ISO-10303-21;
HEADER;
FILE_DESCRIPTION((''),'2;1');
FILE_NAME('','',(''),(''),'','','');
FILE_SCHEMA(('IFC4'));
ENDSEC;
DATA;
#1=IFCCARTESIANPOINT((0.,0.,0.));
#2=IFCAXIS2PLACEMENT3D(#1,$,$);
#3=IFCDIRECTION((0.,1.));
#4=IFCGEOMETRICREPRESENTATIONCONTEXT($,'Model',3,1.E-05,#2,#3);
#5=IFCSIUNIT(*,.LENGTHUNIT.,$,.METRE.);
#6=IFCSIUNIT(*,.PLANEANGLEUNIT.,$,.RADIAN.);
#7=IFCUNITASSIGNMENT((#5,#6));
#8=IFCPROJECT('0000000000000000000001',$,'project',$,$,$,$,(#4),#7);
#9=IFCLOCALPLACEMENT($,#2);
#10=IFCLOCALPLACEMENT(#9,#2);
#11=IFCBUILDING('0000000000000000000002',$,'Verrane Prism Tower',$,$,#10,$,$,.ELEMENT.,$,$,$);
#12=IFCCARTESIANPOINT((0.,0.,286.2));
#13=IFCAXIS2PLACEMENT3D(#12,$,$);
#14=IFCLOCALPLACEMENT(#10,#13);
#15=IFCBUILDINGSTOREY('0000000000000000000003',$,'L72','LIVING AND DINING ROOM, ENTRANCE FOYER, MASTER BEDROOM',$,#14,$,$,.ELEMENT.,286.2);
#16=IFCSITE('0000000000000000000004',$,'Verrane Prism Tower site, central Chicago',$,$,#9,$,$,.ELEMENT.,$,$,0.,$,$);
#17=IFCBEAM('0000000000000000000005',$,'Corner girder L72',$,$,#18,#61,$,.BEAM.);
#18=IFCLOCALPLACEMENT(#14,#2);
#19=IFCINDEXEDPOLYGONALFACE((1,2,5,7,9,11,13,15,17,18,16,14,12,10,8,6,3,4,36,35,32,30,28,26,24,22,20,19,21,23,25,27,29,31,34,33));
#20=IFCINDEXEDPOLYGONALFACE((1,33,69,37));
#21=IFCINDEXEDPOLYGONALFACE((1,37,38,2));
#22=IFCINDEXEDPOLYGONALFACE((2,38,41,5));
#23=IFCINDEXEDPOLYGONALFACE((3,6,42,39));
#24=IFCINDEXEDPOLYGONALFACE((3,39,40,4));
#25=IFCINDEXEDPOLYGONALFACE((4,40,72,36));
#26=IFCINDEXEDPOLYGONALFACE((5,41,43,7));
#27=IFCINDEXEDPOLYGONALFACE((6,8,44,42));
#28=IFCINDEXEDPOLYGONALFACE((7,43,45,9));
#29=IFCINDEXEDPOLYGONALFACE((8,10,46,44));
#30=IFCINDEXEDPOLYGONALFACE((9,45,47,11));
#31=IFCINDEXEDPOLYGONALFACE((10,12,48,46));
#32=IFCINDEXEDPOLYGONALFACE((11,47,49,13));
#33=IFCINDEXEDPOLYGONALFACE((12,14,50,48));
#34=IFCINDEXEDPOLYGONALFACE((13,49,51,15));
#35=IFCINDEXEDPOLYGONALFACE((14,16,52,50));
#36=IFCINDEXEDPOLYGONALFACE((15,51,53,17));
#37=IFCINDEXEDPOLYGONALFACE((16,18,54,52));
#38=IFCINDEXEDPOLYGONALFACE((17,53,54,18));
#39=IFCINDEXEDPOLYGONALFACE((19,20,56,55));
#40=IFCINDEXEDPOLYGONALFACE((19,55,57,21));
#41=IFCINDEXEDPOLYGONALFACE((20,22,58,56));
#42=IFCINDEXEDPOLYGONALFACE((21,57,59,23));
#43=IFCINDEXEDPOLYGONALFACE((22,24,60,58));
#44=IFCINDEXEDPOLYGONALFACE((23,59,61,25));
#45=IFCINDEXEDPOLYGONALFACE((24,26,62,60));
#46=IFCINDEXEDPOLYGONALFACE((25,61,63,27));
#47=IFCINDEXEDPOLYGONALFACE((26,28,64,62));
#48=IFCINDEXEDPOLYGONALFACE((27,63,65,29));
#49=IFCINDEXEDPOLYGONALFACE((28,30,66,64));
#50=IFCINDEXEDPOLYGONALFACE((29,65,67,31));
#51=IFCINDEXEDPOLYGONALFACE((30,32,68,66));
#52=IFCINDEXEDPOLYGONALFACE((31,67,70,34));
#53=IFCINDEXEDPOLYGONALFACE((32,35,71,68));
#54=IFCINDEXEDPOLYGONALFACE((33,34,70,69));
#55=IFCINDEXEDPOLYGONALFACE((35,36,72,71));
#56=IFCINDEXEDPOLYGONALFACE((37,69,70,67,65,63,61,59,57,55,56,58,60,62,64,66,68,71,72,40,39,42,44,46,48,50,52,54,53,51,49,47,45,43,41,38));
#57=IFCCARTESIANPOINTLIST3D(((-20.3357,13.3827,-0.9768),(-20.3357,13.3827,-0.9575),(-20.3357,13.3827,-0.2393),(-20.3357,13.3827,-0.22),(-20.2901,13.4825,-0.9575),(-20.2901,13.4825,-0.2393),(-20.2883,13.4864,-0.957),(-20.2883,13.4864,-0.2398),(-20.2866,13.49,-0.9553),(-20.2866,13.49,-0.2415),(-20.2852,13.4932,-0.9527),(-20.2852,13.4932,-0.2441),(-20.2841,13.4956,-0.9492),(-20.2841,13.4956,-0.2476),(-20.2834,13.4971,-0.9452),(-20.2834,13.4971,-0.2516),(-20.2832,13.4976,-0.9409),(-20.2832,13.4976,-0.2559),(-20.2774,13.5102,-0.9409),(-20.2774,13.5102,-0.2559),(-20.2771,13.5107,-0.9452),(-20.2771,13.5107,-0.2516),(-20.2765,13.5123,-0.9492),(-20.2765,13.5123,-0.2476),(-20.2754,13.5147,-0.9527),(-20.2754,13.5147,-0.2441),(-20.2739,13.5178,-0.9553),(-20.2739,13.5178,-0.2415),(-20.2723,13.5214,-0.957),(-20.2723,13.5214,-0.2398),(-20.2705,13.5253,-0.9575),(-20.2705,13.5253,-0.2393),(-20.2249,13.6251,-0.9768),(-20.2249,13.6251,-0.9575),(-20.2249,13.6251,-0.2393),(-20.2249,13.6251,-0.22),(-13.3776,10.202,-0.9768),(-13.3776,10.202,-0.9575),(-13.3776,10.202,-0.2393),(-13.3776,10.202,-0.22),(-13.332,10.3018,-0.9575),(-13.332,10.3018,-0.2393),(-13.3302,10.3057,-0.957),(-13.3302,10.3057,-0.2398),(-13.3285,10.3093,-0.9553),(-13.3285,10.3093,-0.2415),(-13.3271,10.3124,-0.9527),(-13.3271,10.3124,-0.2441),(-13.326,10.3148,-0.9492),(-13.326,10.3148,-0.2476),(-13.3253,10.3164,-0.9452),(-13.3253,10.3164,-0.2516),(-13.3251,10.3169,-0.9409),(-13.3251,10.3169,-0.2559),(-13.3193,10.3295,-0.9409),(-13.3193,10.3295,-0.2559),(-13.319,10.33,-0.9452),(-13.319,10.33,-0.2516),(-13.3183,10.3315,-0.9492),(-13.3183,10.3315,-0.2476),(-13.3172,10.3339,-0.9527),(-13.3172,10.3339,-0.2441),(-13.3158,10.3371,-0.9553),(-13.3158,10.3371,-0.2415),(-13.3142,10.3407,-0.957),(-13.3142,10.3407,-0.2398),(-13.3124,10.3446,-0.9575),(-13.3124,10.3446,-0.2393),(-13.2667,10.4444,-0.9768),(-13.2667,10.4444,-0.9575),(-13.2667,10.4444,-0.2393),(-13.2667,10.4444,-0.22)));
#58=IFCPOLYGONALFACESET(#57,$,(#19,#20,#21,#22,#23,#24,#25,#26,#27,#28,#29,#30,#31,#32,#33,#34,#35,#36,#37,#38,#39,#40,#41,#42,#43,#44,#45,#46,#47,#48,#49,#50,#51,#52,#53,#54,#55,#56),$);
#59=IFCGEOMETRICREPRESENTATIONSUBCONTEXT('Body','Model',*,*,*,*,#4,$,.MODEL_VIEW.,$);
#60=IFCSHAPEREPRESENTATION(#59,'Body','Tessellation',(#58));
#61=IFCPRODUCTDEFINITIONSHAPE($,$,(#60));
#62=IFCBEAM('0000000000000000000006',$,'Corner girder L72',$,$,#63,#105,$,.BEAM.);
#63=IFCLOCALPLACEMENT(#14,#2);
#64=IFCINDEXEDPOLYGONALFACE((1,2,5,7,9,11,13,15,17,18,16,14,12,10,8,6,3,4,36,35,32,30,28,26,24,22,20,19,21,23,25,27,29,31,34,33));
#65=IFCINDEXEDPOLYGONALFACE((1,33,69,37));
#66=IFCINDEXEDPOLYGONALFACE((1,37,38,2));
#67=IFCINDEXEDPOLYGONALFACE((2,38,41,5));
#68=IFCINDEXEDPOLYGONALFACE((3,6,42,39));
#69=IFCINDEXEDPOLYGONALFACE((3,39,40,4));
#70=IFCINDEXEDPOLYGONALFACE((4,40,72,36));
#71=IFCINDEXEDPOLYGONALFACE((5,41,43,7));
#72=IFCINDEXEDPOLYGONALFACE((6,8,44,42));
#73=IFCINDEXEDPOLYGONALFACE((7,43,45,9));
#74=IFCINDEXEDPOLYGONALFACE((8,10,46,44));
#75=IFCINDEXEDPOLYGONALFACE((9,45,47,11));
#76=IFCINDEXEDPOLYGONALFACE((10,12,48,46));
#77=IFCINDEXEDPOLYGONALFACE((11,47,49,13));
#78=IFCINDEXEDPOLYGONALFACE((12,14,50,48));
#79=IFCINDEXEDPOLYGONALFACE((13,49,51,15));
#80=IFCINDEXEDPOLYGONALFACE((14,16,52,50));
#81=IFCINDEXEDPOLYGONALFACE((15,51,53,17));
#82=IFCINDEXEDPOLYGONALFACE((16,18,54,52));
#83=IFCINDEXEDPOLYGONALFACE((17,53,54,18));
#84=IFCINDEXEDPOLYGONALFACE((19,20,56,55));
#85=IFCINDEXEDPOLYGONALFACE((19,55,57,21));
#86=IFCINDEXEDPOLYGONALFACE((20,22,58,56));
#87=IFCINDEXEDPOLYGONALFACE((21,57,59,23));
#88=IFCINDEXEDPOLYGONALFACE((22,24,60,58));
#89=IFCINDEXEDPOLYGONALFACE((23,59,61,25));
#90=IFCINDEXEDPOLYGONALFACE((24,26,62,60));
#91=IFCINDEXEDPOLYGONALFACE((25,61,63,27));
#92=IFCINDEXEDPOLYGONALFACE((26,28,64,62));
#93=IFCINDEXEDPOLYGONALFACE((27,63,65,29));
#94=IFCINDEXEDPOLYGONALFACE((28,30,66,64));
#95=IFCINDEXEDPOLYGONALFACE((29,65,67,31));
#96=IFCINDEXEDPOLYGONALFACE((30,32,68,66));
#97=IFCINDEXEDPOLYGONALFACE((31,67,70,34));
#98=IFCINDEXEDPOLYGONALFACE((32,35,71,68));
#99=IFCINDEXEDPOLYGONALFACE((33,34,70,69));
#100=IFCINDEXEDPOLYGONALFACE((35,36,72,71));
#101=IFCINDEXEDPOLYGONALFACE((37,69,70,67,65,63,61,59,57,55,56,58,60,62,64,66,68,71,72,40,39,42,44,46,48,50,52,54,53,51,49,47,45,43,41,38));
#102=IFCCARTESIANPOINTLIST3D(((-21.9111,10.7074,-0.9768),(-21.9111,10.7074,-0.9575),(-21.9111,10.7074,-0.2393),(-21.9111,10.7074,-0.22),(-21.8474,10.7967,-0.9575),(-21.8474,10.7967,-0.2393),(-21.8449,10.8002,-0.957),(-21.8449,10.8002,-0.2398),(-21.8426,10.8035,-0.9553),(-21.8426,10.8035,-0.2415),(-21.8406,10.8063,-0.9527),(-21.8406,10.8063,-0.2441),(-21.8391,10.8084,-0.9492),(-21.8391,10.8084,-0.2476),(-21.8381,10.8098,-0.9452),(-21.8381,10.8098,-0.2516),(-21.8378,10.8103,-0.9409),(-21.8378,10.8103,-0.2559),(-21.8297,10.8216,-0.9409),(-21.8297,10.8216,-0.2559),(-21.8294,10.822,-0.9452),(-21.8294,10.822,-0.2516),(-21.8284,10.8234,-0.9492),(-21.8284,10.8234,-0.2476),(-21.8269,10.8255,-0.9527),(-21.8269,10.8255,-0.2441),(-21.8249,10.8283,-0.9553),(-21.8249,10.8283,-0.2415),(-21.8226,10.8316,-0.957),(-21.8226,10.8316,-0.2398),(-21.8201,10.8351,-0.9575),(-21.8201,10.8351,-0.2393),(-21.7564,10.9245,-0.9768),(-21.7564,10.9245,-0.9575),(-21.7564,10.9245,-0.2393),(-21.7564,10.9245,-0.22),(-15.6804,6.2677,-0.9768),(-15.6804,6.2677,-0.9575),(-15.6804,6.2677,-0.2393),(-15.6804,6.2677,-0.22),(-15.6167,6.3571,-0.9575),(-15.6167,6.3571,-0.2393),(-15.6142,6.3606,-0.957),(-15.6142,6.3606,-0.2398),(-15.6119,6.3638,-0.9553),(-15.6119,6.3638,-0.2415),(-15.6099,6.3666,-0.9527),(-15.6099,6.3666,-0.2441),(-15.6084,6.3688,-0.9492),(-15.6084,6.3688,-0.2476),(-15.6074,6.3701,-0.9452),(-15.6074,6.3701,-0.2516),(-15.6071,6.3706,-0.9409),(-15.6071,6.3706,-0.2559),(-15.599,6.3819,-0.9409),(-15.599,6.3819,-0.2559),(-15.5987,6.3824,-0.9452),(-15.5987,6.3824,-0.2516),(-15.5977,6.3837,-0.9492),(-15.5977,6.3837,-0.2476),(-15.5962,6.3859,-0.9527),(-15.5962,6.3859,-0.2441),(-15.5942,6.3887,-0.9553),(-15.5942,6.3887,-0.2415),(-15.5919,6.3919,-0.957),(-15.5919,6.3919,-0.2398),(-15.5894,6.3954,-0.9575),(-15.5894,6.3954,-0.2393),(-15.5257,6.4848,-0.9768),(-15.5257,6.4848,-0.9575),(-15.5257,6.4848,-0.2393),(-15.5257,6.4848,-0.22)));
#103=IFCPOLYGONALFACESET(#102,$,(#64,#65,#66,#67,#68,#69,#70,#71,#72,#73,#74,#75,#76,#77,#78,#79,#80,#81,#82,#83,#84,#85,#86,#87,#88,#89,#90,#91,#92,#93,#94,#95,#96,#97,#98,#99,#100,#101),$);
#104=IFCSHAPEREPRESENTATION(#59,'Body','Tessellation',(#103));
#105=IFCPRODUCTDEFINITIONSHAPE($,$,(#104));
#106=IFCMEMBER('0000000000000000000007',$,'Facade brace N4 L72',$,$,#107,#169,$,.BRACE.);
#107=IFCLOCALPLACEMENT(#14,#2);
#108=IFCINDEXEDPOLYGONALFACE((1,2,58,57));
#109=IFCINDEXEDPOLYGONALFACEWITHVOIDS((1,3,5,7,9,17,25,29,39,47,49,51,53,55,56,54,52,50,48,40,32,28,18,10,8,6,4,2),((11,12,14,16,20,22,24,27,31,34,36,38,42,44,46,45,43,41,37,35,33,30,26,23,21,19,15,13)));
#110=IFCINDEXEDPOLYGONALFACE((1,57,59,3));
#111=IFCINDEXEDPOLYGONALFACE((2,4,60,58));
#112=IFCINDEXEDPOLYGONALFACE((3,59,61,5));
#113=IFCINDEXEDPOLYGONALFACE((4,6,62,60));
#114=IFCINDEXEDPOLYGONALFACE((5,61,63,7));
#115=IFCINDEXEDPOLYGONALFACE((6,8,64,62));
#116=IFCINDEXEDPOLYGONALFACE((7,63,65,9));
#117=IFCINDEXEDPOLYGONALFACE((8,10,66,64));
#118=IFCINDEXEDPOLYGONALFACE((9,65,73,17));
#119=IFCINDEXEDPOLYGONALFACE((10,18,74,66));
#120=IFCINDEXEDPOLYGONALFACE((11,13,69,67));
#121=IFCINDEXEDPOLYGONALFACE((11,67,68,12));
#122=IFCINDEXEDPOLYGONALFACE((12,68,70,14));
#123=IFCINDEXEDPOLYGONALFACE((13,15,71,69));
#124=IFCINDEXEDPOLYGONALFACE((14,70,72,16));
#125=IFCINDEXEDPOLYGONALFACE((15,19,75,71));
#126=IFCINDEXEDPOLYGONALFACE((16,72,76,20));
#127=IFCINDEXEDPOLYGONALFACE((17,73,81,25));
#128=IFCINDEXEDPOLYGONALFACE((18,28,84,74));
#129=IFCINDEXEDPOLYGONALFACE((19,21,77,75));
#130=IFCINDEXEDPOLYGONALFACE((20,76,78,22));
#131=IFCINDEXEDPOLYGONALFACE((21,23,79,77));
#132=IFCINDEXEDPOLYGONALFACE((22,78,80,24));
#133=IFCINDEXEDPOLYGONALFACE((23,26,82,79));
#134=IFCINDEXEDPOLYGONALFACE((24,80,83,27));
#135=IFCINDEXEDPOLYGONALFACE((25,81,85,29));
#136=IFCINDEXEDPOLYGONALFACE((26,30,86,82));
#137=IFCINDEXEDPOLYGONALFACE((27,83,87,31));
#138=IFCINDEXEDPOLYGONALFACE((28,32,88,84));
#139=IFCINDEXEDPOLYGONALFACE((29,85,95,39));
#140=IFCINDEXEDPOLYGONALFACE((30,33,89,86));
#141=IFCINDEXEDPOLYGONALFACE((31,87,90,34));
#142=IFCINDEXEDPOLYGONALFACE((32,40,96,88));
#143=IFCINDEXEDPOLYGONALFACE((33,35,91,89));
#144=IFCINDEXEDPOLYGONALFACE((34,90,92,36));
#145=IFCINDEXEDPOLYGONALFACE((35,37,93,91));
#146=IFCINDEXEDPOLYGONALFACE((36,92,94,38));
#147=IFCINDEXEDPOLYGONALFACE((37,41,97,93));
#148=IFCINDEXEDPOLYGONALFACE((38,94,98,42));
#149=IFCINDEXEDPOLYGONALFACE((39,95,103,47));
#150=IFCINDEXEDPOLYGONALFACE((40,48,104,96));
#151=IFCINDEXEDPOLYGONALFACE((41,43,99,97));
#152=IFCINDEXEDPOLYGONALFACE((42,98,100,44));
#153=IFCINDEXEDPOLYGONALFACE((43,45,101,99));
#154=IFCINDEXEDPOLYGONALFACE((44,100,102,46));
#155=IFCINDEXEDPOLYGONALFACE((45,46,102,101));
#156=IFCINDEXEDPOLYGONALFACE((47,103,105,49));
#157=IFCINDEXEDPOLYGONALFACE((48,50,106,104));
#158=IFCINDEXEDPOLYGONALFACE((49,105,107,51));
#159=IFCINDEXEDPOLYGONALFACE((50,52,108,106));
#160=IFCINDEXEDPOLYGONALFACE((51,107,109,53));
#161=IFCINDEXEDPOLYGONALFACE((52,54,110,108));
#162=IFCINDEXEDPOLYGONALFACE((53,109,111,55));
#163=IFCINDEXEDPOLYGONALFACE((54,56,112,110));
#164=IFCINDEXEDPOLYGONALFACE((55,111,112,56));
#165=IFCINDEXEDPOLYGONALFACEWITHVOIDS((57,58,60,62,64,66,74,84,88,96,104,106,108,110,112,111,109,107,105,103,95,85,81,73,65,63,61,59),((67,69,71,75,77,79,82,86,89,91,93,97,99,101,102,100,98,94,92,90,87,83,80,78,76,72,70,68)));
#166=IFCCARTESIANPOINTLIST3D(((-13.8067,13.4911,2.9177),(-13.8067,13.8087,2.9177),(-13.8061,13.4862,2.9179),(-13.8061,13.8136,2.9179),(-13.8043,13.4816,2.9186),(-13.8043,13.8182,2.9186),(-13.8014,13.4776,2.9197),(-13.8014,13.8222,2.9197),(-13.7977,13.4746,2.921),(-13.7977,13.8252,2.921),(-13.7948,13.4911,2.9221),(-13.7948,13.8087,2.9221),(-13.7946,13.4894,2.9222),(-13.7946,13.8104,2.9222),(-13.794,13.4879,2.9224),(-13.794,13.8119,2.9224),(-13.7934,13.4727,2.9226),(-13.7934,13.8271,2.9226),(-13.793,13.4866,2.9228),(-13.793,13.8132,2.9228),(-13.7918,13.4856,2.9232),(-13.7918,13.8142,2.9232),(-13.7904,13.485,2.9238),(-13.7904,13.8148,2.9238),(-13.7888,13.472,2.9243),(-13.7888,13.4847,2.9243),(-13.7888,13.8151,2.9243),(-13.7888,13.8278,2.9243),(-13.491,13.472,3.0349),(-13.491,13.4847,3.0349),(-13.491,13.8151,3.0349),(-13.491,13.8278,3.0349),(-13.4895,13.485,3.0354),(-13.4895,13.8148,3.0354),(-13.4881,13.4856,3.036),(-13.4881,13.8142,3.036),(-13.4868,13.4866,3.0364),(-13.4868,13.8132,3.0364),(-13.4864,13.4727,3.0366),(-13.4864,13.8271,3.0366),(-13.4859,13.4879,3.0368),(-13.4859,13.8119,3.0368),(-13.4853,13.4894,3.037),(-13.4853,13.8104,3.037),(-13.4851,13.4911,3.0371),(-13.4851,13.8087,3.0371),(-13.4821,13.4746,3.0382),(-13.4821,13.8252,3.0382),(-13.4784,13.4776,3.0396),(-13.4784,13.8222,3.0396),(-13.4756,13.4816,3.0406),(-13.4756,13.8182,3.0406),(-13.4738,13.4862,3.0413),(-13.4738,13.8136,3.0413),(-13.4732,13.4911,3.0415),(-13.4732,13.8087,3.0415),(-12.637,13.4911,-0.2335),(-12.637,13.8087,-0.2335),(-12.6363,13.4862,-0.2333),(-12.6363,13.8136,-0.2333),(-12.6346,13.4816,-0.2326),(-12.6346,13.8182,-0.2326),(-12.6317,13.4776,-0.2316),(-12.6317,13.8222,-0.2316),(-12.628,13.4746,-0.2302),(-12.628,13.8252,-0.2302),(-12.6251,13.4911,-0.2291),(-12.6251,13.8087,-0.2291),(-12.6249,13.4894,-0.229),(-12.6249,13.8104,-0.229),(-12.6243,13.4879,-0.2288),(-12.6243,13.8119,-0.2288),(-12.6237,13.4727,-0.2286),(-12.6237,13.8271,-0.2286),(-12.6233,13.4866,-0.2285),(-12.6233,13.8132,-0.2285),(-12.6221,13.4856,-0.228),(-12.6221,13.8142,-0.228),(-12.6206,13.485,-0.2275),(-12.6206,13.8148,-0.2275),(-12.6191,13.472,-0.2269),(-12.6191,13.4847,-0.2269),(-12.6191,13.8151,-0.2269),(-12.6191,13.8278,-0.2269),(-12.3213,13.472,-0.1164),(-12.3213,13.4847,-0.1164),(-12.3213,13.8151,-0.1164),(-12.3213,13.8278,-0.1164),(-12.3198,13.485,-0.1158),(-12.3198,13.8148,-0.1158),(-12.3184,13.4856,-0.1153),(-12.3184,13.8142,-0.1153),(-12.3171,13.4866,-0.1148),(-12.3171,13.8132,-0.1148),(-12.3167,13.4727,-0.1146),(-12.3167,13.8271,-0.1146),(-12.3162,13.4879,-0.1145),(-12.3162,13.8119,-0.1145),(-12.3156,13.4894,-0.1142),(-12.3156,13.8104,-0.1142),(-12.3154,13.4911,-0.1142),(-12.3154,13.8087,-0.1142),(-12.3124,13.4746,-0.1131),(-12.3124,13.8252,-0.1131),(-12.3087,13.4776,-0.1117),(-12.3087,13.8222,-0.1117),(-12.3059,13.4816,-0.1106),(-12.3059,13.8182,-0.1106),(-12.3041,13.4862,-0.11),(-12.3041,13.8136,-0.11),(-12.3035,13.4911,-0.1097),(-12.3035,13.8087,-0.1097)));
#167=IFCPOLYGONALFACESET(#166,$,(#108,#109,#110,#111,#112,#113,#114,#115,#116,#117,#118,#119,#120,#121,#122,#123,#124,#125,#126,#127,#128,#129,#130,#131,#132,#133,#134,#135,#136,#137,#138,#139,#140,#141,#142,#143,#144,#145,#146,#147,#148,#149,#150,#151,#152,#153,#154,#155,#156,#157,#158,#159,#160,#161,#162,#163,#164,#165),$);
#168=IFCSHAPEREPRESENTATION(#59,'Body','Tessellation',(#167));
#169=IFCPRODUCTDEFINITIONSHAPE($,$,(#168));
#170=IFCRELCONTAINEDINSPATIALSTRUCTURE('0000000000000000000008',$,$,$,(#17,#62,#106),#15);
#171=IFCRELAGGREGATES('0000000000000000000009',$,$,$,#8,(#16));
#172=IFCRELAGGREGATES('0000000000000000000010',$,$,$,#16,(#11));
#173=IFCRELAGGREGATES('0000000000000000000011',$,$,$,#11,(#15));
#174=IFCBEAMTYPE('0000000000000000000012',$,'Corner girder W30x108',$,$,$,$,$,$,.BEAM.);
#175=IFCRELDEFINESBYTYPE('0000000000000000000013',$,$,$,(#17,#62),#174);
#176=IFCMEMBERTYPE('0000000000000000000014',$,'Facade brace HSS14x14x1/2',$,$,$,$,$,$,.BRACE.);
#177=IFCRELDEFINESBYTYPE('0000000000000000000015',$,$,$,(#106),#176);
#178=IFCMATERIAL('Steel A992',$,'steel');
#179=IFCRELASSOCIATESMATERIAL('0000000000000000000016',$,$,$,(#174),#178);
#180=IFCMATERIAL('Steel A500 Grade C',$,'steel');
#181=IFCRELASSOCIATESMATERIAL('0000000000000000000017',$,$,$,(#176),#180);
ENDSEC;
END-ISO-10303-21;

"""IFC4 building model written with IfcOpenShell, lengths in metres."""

from ifc_helpers import new_model, si_unit, direction, frame, origin, origin_2d, place, context, subcontext, project, spatial, hollow_rectangle, i_section, extrude, material, material_profile, profile_set, type_object, element, save


model = new_model("IFC4")

# Units and contexts
model_context = context("Model", 3, precision=1e-05, world=origin(), true_north=direction((0.0, 1.0)))
body_context = subcontext(model_context, "Body", "Model", "MODEL_VIEW")
ifc_project = project(units=[si_unit("LENGTHUNIT", "METRE"), si_unit("PLANEANGLEUNIT", "RADIAN")], contexts=[model_context])

# Site, building, storey
site_placement = place(None, origin())
site = spatial("IfcSite", under=ifc_project, at=site_placement, Name="Verrane Prism Tower site, central Chicago", CompositionType="ELEMENT", RefElevation=0.0)
building_placement = place(site_placement, origin())
building = spatial("IfcBuilding", under=site, at=building_placement, Name="Verrane Prism Tower", CompositionType="ELEMENT")
storey_placement = place(building_placement, frame((0.0, 0.0, 286.2)))
storey = spatial("IfcBuildingStorey", under=building, at=storey_placement, Name="L72", Description="LIVING AND DINING ROOM, ENTRANCE FOYER, MASTER BEDROOM", CompositionType="ELEMENT", Elevation=286.2)

# Beams
ifc_material_1 = material(Name="Steel A992", Category="steel")
ifc_material_profile_1 = material_profile(ifc_material_1, i_section(OverallWidth=0.2666, OverallDepth=0.7568, WebThickness=0.0139, FlangeThickness=0.0193, FilletRadius=0.0166, at=origin_2d()), Name="W30x108")
ifc_profile_set_1 = profile_set([ifc_material_profile_1], Name="Steel A992")
beam_type_1 = type_object("IfcBeamType", Name="Corner girder W30x108", PredefinedType="BEAM", material=ifc_profile_set_1)
for number, where, z_axis, x_axis, name in (
    (1, (-20.2803, 13.5039, -0.5984), (0.909481, -0.415745, 0.0), (0.415745, 0.909481, 0.0), "Corner girder L72"),
    (2, (-21.8337, 10.8159, -0.5984), (0.814401, -0.580302, 0.0), (0.580302, 0.814401, 0.0), "Corner girder L72"),
):
    element("IfcBeam", number, at=place(storey_placement, frame(where, z_axis=z_axis, x_axis=x_axis)), inside=storey, type_object=beam_type_1, Name=name, PredefinedType="BEAM", context=body_context, shape_type="SweptSolid", body=[
        extrude(i_section(OverallWidth=0.2666, OverallDepth=0.7568, WebThickness=0.0139, FlangeThickness=0.0193, FilletRadius=0.0166, at=origin_2d()), origin(), (0.0, 0.0, 1.0), 7.6506),
    ])

# Member
ifc_material_2 = material(Name="Steel A500 Grade C", Category="steel")
ifc_material_profile_2 = material_profile(ifc_material_2, hollow_rectangle(XDim=0.3557, YDim=0.3557, WallThickness=0.0127, InnerFilletRadius=0.0063, OuterFilletRadius=0.019, at=origin_2d()), Name="HSS14x14x1/2")
ifc_profile_set_2 = profile_set([ifc_material_profile_2], Name="Steel A500 Grade C")
member_type_1 = type_object("IfcMemberType", Name="Facade brace HSS14x14x1/2", PredefinedType="BRACE", material=ifc_profile_set_2)
member_1_placement = place(storey_placement, frame((-12.4702, 13.6499, -0.1716), z_axis=(-0.347993, 0.0, 0.937497), x_axis=(0.0, -1.0, 0.0)))
element("IfcMember", 3, at=member_1_placement, inside=storey, type_object=member_type_1, Name="Facade brace N4 L72", PredefinedType="BRACE", context=body_context, shape_type="SweptSolid", body=[
    extrude(hollow_rectangle(XDim=0.3557, YDim=0.3557, WallThickness=0.0127, InnerFilletRadius=0.0063, OuterFilletRadius=0.019, at=origin_2d()), origin(), (0.0, 0.0, 1.0), 3.3613),
])

save(model, "model.ifc")
